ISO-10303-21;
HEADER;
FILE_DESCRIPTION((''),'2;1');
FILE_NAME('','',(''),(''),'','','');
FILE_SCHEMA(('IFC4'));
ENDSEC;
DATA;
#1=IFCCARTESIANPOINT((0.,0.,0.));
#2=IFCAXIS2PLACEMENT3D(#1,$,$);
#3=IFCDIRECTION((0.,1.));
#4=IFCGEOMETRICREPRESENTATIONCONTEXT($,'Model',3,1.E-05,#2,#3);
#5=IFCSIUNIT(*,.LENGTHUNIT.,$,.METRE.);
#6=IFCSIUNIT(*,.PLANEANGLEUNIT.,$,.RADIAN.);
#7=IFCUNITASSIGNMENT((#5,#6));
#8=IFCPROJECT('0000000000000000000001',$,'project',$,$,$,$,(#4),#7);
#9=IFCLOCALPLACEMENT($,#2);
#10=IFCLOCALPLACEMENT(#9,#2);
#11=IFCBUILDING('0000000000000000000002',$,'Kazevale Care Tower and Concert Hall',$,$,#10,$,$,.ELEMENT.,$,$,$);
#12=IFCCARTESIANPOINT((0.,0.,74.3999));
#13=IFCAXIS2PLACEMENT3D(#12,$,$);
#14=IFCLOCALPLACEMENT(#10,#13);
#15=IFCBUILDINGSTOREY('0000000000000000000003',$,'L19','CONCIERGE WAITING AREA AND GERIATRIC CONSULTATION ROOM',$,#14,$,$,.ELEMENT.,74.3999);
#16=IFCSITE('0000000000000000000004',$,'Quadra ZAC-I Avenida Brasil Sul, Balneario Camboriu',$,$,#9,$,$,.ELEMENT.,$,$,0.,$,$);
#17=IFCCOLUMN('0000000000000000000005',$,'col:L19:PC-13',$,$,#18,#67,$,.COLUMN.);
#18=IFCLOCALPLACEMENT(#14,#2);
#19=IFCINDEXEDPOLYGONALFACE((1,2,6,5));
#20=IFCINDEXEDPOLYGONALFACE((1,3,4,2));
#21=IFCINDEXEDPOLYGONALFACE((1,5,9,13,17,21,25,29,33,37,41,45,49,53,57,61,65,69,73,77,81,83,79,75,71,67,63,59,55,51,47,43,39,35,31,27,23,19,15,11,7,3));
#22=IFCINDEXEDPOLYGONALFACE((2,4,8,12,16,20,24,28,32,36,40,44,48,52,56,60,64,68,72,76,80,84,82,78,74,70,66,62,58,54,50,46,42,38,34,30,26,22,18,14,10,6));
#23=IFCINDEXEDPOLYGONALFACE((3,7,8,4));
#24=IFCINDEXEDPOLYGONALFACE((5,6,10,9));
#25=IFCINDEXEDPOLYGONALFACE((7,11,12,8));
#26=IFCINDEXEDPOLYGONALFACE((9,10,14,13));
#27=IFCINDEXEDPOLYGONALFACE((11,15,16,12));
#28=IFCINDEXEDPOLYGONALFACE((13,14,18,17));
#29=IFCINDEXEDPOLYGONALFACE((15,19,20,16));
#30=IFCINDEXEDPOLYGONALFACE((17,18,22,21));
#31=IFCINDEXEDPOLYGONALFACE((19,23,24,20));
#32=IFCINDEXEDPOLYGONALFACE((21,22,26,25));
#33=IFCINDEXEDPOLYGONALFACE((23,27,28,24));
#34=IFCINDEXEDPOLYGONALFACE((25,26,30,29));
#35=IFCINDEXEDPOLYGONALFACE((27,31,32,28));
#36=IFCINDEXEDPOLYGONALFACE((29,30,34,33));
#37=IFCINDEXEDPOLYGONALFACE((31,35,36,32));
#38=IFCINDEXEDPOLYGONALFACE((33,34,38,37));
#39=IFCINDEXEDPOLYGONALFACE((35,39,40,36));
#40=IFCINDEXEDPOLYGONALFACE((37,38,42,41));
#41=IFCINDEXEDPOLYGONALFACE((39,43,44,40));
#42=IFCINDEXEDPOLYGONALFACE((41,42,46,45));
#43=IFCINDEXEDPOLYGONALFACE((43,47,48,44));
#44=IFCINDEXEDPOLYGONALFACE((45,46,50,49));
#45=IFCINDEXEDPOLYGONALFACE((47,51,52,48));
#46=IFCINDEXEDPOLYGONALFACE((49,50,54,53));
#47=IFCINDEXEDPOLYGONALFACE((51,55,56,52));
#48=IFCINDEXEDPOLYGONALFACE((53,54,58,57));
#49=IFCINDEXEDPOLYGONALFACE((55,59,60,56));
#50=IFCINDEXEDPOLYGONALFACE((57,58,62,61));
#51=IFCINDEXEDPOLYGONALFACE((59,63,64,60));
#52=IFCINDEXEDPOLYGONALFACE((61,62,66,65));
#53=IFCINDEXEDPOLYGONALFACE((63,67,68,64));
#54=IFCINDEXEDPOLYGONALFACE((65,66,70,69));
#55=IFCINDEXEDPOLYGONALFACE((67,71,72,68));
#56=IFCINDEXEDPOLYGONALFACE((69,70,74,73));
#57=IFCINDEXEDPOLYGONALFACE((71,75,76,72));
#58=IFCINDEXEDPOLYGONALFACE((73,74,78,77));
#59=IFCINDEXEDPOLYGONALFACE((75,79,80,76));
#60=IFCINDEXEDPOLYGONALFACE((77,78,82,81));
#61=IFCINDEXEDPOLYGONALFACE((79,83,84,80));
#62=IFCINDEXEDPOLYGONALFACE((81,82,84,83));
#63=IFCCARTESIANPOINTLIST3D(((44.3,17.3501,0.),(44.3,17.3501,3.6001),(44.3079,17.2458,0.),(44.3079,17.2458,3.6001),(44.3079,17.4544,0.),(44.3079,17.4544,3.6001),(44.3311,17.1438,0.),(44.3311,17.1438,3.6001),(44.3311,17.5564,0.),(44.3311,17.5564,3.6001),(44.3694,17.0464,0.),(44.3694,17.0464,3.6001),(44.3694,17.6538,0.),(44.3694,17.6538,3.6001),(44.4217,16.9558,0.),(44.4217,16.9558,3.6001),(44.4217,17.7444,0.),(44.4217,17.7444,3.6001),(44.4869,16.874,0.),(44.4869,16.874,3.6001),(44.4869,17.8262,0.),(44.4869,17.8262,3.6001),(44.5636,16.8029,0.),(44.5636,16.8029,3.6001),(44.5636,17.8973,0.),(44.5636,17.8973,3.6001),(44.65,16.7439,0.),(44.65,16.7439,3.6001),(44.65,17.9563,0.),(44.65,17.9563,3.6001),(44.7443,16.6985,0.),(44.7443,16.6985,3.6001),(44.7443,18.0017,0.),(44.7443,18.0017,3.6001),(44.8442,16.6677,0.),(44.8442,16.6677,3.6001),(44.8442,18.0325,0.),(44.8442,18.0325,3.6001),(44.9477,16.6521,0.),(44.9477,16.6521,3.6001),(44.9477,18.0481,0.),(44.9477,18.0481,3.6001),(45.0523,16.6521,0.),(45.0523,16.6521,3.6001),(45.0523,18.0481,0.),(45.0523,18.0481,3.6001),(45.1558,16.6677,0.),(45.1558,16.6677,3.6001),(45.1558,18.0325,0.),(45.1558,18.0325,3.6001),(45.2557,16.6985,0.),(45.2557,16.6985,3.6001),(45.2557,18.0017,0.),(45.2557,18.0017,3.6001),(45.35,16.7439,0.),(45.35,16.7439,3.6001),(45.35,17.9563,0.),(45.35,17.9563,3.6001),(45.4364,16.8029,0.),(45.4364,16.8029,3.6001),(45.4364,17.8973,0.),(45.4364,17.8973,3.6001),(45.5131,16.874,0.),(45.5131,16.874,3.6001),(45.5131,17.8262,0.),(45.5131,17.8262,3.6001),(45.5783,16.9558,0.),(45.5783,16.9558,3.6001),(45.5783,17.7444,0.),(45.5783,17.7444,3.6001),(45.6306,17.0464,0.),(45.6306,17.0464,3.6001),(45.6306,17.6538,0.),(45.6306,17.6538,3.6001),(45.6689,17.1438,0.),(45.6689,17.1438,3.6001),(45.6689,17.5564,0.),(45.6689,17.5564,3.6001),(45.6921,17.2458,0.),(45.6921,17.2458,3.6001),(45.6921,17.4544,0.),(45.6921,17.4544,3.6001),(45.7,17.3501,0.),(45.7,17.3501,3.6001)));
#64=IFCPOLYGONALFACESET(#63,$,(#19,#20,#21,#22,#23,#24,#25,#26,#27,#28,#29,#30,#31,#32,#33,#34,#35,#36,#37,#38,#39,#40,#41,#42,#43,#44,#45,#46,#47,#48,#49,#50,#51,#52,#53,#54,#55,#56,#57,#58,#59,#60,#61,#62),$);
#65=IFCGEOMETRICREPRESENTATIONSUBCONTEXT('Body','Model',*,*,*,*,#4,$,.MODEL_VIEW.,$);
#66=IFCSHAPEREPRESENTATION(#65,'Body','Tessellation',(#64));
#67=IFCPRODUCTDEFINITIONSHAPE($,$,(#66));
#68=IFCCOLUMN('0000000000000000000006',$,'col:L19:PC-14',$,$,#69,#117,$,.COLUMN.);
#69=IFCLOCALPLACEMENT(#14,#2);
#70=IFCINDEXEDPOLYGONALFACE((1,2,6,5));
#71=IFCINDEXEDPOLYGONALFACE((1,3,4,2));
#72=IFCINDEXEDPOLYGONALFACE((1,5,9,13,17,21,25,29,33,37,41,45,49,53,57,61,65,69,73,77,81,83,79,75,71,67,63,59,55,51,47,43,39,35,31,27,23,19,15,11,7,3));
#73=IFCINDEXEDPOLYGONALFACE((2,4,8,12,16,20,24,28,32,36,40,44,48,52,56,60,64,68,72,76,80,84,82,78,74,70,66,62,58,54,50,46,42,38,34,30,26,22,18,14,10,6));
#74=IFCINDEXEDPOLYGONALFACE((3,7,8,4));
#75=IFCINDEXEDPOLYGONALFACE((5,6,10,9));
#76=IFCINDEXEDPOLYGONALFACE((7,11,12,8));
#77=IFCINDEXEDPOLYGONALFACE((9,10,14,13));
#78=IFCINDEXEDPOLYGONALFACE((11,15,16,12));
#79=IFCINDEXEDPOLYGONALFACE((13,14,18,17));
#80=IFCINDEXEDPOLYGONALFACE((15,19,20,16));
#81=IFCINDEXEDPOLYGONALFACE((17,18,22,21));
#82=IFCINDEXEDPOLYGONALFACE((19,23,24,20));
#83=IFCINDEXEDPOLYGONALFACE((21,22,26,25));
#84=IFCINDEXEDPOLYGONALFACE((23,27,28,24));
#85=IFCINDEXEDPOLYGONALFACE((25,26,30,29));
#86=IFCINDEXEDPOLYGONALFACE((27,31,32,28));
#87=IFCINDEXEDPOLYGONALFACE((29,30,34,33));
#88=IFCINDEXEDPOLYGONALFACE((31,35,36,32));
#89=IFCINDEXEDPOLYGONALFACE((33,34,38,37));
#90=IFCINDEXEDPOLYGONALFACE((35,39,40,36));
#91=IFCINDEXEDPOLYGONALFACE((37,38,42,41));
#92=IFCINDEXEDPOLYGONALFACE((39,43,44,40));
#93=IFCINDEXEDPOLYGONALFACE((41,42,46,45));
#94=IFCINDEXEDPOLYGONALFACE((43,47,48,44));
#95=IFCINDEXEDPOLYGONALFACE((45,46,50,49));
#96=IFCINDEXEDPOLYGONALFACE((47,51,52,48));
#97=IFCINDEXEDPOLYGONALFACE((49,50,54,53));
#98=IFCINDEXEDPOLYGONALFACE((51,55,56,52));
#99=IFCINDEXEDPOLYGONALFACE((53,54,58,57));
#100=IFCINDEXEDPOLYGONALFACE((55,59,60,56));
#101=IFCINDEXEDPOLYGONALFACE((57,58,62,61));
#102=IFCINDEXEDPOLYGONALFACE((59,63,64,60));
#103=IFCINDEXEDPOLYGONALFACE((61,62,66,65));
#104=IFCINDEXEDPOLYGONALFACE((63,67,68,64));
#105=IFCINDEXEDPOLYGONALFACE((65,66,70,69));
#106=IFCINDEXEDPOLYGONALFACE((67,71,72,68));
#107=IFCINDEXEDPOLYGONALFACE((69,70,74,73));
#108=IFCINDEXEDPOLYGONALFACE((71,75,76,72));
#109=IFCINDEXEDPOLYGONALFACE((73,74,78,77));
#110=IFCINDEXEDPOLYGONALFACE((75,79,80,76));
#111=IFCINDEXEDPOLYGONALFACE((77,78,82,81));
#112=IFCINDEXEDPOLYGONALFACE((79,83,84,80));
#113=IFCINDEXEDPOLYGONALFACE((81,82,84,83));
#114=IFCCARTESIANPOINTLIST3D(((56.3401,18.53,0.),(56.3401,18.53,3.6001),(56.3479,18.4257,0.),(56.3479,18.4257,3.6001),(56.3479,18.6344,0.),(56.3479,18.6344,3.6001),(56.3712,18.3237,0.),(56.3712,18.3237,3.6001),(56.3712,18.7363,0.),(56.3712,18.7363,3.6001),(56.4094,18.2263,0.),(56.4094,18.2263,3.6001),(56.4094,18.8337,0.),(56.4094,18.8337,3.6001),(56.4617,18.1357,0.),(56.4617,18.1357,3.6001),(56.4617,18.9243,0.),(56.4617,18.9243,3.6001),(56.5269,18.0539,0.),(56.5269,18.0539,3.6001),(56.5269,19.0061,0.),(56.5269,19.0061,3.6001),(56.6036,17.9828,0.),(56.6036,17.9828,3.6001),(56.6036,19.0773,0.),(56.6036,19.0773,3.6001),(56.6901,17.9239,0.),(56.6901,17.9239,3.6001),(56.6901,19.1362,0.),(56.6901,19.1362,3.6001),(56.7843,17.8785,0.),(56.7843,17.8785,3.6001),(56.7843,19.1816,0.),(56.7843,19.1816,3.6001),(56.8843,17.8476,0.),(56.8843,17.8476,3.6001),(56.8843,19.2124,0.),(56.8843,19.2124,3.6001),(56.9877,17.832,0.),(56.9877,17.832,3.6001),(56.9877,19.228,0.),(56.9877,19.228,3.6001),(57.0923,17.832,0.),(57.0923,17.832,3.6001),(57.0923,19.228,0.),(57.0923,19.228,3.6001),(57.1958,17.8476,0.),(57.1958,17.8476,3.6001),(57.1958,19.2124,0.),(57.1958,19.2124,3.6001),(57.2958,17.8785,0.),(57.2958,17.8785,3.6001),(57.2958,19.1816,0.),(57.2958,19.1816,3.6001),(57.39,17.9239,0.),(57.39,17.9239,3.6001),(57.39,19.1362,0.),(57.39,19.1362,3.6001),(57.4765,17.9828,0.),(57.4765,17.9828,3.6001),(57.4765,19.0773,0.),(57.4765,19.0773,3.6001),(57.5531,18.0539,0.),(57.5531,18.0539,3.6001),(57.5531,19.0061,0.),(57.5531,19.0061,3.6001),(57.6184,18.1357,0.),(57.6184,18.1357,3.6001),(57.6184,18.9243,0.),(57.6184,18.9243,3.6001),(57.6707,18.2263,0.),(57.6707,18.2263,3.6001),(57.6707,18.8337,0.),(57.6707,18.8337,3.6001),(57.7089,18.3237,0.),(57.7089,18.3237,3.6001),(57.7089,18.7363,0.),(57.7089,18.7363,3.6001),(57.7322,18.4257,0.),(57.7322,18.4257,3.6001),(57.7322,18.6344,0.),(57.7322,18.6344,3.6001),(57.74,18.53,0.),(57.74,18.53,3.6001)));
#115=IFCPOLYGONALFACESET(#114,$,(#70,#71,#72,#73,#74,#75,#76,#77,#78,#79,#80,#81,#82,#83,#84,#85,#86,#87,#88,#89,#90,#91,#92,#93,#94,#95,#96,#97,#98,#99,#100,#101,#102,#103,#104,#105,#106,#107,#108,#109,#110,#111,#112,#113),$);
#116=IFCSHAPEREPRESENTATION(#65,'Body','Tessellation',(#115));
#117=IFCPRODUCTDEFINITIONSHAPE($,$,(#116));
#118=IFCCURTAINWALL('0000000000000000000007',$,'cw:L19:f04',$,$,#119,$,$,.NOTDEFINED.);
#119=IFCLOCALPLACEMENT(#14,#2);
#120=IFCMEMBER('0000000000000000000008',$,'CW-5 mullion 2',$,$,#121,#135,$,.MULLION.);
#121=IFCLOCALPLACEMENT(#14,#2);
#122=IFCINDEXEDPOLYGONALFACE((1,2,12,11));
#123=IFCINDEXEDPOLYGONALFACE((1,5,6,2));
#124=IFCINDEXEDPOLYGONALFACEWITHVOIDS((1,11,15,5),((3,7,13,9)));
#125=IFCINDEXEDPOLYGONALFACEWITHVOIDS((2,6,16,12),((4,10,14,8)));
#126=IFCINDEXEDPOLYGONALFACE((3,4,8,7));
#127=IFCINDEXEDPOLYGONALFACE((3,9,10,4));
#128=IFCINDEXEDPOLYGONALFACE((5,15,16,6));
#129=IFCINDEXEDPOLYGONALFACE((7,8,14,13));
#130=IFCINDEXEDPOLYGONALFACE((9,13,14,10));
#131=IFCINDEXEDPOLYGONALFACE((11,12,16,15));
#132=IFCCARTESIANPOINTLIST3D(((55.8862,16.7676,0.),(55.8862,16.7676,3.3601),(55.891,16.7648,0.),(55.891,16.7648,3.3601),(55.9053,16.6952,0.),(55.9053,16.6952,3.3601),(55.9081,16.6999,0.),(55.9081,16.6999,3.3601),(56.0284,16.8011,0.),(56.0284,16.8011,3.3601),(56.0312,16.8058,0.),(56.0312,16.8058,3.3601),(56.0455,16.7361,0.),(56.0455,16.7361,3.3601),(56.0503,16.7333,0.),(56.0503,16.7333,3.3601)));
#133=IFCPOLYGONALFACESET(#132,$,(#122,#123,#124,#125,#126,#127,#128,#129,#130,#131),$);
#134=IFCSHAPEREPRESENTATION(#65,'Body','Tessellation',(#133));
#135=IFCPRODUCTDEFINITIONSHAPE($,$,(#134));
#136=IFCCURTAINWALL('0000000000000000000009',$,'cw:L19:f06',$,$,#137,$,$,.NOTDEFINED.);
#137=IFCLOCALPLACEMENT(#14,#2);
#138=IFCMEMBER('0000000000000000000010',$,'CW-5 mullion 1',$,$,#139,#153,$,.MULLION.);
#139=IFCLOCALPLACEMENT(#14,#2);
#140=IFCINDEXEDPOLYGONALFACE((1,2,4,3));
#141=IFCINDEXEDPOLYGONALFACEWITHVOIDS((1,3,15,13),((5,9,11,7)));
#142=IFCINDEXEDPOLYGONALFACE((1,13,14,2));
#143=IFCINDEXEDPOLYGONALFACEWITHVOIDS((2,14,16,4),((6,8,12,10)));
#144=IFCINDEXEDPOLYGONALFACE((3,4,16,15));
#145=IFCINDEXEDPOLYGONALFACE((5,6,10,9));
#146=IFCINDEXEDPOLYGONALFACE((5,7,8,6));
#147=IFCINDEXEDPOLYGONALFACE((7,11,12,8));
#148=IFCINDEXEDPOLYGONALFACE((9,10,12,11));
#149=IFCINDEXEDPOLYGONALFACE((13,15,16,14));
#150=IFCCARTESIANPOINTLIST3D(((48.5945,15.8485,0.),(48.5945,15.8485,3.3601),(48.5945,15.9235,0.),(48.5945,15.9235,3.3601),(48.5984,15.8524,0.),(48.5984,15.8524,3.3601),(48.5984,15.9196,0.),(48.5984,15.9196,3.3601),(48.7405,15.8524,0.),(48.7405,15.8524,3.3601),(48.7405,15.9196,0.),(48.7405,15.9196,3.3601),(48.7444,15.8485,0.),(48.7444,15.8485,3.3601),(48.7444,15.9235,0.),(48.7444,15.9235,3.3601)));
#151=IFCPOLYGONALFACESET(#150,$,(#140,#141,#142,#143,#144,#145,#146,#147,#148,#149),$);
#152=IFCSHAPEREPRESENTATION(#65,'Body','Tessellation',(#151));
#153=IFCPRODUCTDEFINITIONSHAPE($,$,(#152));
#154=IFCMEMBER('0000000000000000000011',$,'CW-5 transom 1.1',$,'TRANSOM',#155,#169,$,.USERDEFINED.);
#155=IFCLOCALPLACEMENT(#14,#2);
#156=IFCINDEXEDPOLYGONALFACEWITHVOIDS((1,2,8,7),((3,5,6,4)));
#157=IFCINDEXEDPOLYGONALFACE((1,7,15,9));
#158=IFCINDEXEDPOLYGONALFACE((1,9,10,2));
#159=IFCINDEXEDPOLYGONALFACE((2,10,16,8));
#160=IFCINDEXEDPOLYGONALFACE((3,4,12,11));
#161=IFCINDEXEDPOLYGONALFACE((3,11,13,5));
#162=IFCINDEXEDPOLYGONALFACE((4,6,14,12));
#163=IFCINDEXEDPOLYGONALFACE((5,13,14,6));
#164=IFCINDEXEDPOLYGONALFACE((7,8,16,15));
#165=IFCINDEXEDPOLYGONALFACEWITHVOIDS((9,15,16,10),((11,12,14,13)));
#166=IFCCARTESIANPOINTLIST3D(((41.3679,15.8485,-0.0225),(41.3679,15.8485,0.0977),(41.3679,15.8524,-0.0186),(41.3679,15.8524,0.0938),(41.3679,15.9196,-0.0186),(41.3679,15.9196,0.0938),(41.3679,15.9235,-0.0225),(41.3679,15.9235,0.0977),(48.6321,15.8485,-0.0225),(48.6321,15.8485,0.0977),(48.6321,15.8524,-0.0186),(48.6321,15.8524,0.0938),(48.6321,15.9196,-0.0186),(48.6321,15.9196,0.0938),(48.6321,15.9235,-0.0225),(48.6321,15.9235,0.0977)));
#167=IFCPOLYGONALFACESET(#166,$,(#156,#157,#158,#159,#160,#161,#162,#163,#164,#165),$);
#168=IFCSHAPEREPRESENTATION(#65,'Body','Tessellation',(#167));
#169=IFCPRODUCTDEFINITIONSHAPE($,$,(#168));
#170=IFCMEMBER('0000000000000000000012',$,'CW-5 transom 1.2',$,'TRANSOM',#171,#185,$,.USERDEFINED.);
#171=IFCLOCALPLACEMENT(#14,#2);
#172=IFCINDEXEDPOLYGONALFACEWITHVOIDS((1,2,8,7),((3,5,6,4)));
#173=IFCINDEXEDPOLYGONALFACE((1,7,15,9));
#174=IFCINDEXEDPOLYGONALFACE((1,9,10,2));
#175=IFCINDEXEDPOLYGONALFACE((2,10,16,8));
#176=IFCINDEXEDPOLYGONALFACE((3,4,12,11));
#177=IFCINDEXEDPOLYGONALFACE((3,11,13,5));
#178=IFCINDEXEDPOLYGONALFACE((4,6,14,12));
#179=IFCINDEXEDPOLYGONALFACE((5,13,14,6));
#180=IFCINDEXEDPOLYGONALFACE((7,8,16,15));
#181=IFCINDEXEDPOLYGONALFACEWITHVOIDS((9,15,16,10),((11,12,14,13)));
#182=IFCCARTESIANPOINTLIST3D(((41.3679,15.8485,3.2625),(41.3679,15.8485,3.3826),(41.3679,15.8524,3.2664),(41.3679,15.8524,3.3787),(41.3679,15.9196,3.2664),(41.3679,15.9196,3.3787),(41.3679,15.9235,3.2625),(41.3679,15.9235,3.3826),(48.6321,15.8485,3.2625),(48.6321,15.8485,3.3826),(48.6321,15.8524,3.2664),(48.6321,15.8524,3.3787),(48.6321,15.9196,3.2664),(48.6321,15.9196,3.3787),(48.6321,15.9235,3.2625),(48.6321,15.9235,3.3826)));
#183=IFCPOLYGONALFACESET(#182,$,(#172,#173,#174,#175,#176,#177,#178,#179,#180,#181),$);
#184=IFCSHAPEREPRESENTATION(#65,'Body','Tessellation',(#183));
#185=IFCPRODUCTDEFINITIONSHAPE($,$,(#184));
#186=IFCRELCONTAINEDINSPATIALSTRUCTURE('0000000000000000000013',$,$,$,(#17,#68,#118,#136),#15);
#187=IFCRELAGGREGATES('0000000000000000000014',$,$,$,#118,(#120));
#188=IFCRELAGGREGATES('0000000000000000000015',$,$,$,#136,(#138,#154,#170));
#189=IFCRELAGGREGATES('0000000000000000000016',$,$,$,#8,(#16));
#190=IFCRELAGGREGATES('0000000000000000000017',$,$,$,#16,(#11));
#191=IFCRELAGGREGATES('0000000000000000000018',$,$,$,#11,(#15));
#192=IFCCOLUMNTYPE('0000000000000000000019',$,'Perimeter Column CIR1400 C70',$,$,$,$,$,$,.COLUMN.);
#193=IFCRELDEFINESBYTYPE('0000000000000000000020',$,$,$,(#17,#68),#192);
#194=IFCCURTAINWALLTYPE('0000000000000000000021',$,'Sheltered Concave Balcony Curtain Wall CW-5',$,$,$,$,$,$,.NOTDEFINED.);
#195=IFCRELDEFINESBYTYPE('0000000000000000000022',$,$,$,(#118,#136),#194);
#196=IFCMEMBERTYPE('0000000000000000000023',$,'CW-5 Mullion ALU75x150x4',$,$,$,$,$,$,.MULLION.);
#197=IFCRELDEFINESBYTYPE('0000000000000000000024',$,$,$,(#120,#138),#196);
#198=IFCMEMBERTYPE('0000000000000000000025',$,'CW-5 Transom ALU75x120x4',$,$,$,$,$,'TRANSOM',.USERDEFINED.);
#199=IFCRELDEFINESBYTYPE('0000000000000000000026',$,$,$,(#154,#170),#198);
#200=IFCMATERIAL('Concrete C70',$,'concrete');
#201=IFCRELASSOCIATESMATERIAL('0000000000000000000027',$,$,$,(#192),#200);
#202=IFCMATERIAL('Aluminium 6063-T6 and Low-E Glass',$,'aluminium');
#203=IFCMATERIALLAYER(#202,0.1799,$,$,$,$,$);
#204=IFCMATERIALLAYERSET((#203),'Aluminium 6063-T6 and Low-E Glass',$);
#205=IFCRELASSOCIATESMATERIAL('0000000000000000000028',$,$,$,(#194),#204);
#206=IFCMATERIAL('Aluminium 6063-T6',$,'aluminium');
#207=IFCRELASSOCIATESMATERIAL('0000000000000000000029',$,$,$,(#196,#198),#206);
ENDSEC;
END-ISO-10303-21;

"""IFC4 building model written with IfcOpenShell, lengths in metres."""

from ifc_helpers import new_model, si_unit, direction, frame, origin, origin_2d, place, context, subcontext, project, spatial, hollow_rectangle, circle, extrude, material, layer, layer_set, material_profile, profile_set, type_object, element, aggregate, save


model = new_model("IFC4")

# Units and contexts
model_context = context("Model", 3, precision=1e-05, world=origin(), true_north=direction((0.0, 1.0)))
body_context = subcontext(model_context, "Body", "Model", "MODEL_VIEW")
ifc_project = project(units=[si_unit("LENGTHUNIT", "METRE"), si_unit("PLANEANGLEUNIT", "RADIAN")], contexts=[model_context])

# Site, building, storey
site_placement = place(None, origin())
site = spatial("IfcSite", under=ifc_project, at=site_placement, Name="Quadra ZAC-I Avenida Brasil Sul, Balneario Camboriu", CompositionType="ELEMENT", RefElevation=0.0)
building_placement = place(site_placement, origin())
building = spatial("IfcBuilding", under=site, at=building_placement, Name="Kazevale Care Tower and Concert Hall", CompositionType="ELEMENT")
storey_placement = place(building_placement, frame((0.0, 0.0, 74.3999)))
storey = spatial("IfcBuildingStorey", under=building, at=storey_placement, Name="L19", Description="CONCIERGE WAITING AREA AND GERIATRIC CONSULTATION ROOM", CompositionType="ELEMENT", Elevation=74.3999)

# Columns
ifc_material_1 = material(Name="Concrete C70", Category="concrete")
ifc_material_profile_1 = material_profile(ifc_material_1, circle(Radius=0.7, at=origin_2d()), Name="RC-CIR1400")
ifc_profile_set_1 = profile_set([ifc_material_profile_1], Name="Concrete C70")
column_type = type_object("IfcColumnType", Name="Perimeter Column CIR1400 C70", PredefinedType="COLUMN", material=ifc_profile_set_1)
for number, where, z_axis, x_axis, name in (
    (1, (45.0, 17.3501, 0.0), (0.0, 0.0, 1.0), (1.0, 0.0, 0.0), "col:L19:PC-13"),
    (2, (57.04, 18.53, 0.0), (0.0, 0.0, 1.0), (1.0, 0.0, 0.0), "col:L19:PC-14"),
):
    element("IfcColumn", number, at=place(storey_placement, frame(where, z_axis=z_axis, x_axis=x_axis)), inside=storey, type_object=column_type, Name=name, PredefinedType="COLUMN", context=body_context, shape_type="SweptSolid", body=[
        extrude(circle(Radius=0.7, at=origin_2d()), origin(), (0.0, 0.0, 1.0), 3.6001),
    ])

# Curtain wall, member
ifc_material_2 = material(Name="Aluminium 6063-T6 and Low-E Glass", Category="aluminium")
ifc_layer_1 = layer(ifc_material_2, 0.1799)
ifc_layer_set_1 = layer_set([ifc_layer_1], Name="Aluminium 6063-T6 and Low-E Glass")
curtain_wall_type = type_object("IfcCurtainWallType", Name="Sheltered Concave Balcony Curtain Wall CW-5", PredefinedType="NOTDEFINED", material=ifc_layer_set_1)
curtain_wall_1_placement = place(storey_placement, origin())
curtain_wall_1 = element("IfcCurtainWall", 3, at=curtain_wall_1_placement, inside=storey, type_object=curtain_wall_type, Name="cw:L19:f04", PredefinedType="NOTDEFINED")
ifc_material_3 = material(Name="Aluminium 6063-T6", Category="aluminium")
ifc_material_profile_2 = material_profile(ifc_material_3, hollow_rectangle(XDim=0.075, YDim=0.1499, WallThickness=0.0039, at=origin_2d()), Name="ALU75x150x4")
ifc_profile_set_2 = profile_set([ifc_material_profile_2], Name="Aluminium 6063-T6")
member_type_1 = type_object("IfcMemberType", Name="CW-5 Mullion ALU75x150x4", PredefinedType="MULLION", material=ifc_profile_set_2)
member_1_placement = place(storey_placement, frame((55.9683, 16.7505, 0.0), z_axis=(0.0, 0.0, 1.0), x_axis=(0.254829, -0.966986, 0.0)))
member_1 = element("IfcMember", 4, at=member_1_placement, type_object=member_type_1, Name="CW-5 mullion 2", PredefinedType="MULLION", context=body_context, shape_type="SweptSolid", body=[
    extrude(hollow_rectangle(XDim=0.075, YDim=0.1499, WallThickness=0.0039, at=origin_2d()), origin(), (0.0, 0.0, 1.0), 3.3601),
])
aggregate(curtain_wall_1, [member_1])

# Curtain wall, members
curtain_wall_2_placement = place(storey_placement, origin())
curtain_wall_2 = element("IfcCurtainWall", 5, at=curtain_wall_2_placement, inside=storey, type_object=curtain_wall_type, Name="cw:L19:f06", PredefinedType="NOTDEFINED")
member_2_placement = place(storey_placement, frame((48.6694, 15.886, 0.0), z_axis=(0.0, 0.0, 1.0), x_axis=(0.0, -1.0, 0.0)))
member_2 = element("IfcMember", 6, at=member_2_placement, type_object=member_type_1, Name="CW-5 mullion 1", PredefinedType="MULLION", context=body_context, shape_type="SweptSolid", body=[
    extrude(hollow_rectangle(XDim=0.075, YDim=0.1499, WallThickness=0.0039, at=origin_2d()), origin(), (0.0, 0.0, 1.0), 3.3601),
])
ifc_material_profile_3 = material_profile(ifc_material_3, hollow_rectangle(XDim=0.075, YDim=0.1201, WallThickness=0.0039, at=origin_2d()), Name="ALU75x120x4")
ifc_profile_set_3 = profile_set([ifc_material_profile_3], Name="Aluminium 6063-T6")
member_type_2 = type_object("IfcMemberType", Name="CW-5 Transom ALU75x120x4", ElementType="TRANSOM", PredefinedType="USERDEFINED", material=ifc_profile_set_3)
member_3_placement = place(storey_placement, frame((48.6321, 15.886, 0.0376), z_axis=(-1.0, 0.0, 0.0), x_axis=(0.0, -1.0, 0.0)))
member_3 = element("IfcMember", 7, at=member_3_placement, type_object=member_type_2, Name="CW-5 transom 1.1", ObjectType="TRANSOM", PredefinedType="USERDEFINED", context=body_context, shape_type="SweptSolid", body=[
    extrude(hollow_rectangle(XDim=0.075, YDim=0.1201, WallThickness=0.0039, at=origin_2d()), origin(), (0.0, 0.0, 1.0), 7.2642),
])
member_4_placement = place(storey_placement, frame((48.6321, 15.886, 3.3225), z_axis=(-1.0, 0.0, 0.0), x_axis=(0.0, -1.0, 0.0)))
member_4 = element("IfcMember", 8, at=member_4_placement, type_object=member_type_2, Name="CW-5 transom 1.2", ObjectType="TRANSOM", PredefinedType="USERDEFINED", context=body_context, shape_type="SweptSolid", body=[
    extrude(hollow_rectangle(XDim=0.075, YDim=0.1201, WallThickness=0.0039, at=origin_2d()), origin(), (0.0, 0.0, 1.0), 7.2642),
])
aggregate(curtain_wall_2, [member_2, member_3, member_4])

save(model, "model.ifc")
